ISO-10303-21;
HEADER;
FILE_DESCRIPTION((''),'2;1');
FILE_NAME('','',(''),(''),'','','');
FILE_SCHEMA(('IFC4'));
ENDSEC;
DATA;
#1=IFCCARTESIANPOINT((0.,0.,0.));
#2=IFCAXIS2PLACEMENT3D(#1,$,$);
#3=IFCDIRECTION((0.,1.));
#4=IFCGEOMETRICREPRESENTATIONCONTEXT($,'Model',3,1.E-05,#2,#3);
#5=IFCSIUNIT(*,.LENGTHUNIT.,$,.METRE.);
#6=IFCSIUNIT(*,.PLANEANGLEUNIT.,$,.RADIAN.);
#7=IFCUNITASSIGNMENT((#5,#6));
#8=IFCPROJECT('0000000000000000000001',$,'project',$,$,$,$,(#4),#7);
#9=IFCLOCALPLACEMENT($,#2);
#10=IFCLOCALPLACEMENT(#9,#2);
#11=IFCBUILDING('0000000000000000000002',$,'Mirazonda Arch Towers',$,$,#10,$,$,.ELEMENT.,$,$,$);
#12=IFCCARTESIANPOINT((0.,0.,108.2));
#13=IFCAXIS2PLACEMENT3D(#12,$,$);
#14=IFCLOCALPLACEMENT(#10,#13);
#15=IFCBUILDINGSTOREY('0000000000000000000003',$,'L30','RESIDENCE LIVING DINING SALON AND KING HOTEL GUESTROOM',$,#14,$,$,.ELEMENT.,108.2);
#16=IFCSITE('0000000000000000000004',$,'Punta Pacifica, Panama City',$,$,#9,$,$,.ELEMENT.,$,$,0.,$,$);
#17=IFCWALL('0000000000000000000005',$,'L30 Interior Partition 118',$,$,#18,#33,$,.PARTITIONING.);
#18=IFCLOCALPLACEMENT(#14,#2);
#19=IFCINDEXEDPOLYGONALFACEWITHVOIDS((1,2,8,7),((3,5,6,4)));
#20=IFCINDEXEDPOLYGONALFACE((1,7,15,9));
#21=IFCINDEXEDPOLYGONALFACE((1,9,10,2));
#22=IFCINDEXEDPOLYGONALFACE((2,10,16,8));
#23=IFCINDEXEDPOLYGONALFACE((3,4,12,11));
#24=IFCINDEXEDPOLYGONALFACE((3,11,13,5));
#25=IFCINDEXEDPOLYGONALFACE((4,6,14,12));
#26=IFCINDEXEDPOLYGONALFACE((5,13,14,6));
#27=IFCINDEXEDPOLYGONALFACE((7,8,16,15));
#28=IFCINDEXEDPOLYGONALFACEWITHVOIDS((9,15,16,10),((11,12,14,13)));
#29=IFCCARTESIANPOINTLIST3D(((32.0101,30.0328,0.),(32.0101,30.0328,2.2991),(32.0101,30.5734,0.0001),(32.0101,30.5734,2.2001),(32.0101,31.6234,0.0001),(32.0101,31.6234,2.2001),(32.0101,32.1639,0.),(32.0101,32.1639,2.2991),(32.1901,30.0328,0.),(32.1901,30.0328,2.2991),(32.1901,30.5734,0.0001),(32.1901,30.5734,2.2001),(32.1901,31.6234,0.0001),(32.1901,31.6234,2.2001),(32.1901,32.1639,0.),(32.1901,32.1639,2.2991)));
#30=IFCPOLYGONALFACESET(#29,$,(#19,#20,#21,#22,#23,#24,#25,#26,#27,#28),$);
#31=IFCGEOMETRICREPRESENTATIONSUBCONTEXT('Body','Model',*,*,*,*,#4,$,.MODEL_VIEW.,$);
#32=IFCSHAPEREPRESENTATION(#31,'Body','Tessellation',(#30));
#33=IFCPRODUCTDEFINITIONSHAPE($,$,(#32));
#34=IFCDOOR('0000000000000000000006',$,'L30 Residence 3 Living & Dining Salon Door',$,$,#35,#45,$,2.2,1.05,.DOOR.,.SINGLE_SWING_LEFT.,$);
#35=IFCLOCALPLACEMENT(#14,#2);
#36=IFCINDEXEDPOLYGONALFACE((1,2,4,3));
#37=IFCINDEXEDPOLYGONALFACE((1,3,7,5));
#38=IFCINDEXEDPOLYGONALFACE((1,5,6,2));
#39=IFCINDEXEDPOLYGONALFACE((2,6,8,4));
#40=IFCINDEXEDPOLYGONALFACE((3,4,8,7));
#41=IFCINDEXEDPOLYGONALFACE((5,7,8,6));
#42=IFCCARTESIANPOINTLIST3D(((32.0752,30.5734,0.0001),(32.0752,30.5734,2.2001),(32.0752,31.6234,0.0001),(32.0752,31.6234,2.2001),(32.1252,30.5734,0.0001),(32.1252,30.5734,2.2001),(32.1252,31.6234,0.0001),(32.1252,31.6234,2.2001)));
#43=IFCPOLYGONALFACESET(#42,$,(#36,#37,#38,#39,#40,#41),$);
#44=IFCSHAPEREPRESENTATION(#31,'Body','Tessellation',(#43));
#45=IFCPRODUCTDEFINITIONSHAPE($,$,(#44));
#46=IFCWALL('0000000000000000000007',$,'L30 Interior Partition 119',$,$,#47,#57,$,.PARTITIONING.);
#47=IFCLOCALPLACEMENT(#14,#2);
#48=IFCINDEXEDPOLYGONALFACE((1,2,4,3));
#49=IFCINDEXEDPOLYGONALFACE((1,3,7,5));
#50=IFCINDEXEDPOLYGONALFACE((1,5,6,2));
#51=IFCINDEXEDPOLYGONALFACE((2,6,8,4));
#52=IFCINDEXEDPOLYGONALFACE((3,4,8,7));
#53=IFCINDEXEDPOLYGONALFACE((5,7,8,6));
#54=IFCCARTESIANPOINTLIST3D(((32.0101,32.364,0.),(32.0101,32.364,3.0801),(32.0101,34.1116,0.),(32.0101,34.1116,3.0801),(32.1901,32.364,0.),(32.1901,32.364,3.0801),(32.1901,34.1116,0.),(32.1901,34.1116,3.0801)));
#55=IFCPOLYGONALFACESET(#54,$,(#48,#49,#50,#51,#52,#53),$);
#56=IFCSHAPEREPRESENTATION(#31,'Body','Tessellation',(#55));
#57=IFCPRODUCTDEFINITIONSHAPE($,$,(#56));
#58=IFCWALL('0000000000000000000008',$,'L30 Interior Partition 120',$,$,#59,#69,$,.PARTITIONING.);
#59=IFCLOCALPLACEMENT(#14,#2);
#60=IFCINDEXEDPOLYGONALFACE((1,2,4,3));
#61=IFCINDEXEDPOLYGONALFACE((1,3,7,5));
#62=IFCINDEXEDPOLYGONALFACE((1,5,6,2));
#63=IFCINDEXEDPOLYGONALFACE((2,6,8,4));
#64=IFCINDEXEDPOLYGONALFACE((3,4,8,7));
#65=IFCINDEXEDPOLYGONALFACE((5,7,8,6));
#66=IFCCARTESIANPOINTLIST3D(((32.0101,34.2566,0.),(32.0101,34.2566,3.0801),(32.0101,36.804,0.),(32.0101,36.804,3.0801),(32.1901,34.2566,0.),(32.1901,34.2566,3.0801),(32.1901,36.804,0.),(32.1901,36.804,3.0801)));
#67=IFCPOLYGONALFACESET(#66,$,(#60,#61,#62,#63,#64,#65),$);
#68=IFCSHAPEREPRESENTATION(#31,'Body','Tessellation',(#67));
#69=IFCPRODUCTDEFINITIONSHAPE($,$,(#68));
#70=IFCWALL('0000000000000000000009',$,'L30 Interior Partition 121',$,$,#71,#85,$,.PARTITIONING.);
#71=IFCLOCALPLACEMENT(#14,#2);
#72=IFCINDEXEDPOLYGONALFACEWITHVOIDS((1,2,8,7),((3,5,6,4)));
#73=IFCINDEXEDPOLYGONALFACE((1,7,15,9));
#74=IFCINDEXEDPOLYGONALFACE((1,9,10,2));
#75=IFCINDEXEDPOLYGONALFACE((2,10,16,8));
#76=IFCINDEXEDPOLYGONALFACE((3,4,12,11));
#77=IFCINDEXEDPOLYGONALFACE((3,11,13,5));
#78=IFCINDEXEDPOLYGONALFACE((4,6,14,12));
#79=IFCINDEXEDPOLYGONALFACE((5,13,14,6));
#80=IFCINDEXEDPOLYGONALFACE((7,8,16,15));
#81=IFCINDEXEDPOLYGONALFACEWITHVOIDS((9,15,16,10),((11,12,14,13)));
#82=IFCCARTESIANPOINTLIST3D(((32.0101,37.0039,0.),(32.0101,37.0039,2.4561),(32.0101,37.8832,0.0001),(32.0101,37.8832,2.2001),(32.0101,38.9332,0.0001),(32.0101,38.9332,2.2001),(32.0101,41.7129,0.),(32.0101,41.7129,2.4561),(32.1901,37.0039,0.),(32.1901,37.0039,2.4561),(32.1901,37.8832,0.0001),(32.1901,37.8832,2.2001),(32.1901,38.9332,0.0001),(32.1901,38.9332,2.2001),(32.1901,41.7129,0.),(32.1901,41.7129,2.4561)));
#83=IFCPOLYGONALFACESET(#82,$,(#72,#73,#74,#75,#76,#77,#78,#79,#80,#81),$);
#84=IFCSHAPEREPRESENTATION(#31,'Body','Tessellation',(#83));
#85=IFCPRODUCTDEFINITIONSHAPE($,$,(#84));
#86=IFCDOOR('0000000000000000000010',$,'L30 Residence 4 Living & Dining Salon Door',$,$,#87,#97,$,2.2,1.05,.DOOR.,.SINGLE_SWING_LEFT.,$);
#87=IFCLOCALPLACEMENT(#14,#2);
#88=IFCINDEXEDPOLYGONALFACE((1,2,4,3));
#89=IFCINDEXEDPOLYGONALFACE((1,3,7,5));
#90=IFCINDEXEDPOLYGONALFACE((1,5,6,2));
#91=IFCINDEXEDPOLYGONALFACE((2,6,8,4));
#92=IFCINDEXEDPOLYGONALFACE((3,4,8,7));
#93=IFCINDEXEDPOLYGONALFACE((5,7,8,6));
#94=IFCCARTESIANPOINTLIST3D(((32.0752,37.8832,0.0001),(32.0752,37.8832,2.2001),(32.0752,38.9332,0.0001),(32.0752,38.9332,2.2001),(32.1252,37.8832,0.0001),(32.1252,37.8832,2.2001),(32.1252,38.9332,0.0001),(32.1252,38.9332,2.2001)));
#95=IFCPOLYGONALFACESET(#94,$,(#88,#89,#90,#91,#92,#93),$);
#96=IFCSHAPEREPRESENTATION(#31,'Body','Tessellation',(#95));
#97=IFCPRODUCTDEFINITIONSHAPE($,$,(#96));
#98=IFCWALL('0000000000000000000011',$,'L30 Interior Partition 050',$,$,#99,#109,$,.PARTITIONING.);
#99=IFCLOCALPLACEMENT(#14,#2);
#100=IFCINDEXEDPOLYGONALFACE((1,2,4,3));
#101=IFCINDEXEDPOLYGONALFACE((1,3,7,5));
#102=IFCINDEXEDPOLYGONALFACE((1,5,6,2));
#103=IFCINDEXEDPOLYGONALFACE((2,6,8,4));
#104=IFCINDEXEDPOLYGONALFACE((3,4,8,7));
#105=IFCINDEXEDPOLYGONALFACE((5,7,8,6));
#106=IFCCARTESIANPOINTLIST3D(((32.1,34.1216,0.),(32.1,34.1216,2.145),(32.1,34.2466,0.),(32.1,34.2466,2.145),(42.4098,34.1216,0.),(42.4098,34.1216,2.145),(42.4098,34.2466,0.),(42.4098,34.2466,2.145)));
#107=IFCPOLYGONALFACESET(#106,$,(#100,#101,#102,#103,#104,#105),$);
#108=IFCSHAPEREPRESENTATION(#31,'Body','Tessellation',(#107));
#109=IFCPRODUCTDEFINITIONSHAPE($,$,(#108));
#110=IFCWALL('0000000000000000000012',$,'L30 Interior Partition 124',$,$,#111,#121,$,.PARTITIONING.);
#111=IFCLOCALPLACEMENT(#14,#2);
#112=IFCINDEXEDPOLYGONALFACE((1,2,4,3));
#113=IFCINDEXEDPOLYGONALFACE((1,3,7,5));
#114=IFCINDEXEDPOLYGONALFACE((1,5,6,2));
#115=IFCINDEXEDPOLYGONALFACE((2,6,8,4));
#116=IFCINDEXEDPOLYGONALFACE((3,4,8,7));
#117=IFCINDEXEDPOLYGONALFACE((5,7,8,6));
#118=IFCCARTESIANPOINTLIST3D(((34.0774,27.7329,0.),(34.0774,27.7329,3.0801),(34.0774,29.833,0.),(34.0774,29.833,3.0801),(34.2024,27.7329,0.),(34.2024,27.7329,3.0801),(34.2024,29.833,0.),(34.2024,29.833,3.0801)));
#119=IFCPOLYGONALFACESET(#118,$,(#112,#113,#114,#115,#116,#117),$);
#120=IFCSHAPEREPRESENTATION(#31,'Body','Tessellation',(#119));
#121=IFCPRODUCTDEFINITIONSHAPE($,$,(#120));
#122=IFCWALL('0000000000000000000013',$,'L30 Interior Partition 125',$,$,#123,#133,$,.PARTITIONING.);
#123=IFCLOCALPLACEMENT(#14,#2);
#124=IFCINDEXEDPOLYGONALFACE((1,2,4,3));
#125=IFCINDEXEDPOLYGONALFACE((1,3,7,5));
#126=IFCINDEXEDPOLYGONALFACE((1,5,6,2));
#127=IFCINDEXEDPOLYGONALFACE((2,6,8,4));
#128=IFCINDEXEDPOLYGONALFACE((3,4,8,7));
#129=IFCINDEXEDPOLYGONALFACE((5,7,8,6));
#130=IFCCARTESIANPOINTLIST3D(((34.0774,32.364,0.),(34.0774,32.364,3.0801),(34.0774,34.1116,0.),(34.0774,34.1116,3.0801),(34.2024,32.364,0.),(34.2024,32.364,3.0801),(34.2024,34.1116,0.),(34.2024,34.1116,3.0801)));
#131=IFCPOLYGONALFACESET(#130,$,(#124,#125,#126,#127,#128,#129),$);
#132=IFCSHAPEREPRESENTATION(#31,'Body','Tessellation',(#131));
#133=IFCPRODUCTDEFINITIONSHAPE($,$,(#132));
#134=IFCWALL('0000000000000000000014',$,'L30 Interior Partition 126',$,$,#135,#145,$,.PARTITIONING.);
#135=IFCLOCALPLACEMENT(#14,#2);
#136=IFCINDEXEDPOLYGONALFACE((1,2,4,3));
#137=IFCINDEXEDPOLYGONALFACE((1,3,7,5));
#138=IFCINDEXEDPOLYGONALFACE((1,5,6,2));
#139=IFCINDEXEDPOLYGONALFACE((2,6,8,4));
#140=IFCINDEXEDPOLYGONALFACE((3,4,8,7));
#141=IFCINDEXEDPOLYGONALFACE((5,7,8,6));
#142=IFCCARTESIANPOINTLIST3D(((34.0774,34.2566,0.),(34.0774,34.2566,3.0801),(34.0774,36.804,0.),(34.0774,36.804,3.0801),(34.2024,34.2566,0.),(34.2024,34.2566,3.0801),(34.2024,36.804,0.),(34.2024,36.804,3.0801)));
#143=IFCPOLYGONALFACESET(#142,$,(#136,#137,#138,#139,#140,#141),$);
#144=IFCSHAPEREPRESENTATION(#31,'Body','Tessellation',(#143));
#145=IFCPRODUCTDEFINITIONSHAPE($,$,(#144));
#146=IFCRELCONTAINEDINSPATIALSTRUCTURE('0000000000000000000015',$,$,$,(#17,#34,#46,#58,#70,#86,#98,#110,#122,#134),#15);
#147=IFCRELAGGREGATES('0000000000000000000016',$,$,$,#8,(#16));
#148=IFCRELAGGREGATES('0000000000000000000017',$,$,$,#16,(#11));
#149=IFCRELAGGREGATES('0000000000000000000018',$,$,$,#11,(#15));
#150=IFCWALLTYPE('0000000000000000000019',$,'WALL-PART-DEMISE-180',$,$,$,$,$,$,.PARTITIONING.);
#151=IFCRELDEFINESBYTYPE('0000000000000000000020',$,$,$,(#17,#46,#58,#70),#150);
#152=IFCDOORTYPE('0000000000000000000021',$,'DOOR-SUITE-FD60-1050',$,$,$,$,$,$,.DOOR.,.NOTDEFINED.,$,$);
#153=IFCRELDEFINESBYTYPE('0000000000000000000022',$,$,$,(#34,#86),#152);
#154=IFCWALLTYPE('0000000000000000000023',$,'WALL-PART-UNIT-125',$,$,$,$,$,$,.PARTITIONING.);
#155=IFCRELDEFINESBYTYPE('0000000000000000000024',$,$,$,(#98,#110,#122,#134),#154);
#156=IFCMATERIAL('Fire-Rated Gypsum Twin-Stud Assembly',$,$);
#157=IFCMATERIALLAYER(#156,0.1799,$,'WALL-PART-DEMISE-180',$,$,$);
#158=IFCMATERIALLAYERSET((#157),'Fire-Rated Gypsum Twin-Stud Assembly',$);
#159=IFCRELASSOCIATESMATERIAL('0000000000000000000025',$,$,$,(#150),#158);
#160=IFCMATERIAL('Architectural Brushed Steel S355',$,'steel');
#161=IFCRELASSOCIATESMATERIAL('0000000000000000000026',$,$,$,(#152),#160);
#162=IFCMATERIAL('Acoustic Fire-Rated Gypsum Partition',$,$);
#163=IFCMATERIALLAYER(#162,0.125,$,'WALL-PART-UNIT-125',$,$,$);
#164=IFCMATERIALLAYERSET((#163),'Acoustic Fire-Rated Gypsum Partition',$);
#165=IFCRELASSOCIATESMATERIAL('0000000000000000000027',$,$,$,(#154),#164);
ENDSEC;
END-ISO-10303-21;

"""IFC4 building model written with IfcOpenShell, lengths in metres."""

from ifc_helpers import new_model, si_unit, direction, frame, frame_2d, origin, place, context, subcontext, project, spatial, rectangle, extrude, material, layer, layer_set, type_object, element, fill, save


model = new_model("IFC4")

# Units and contexts
model_context = context("Model", 3, precision=1e-05, world=origin(), true_north=direction((0.0, 1.0)))
body_context = subcontext(model_context, "Body", "Model", "MODEL_VIEW")
ifc_project = project(units=[si_unit("LENGTHUNIT", "METRE"), si_unit("PLANEANGLEUNIT", "RADIAN")], contexts=[model_context])

# Site, building, storey
site_placement = place(None, origin())
site = spatial("IfcSite", under=ifc_project, at=site_placement, Name="Punta Pacifica, Panama City", CompositionType="ELEMENT", RefElevation=0.0)
building_placement = place(site_placement, origin())
building = spatial("IfcBuilding", under=site, at=building_placement, Name="Mirazonda Arch Towers", CompositionType="ELEMENT")
storey_placement = place(building_placement, frame((0.0, 0.0, 108.2)))
storey = spatial("IfcBuildingStorey", under=building, at=storey_placement, Name="L30", Description="RESIDENCE LIVING DINING SALON AND KING HOTEL GUESTROOM", CompositionType="ELEMENT", Elevation=108.2)

# Shared definitions
ifc_material_1 = material(Name="Fire-Rated Gypsum Twin-Stud Assembly")
ifc_layer_1 = layer(ifc_material_1, 0.1799, Name="WALL-PART-DEMISE-180")
ifc_layer_set_1 = layer_set([ifc_layer_1], Name="Fire-Rated Gypsum Twin-Stud Assembly")
wall_type_1 = type_object("IfcWallType", Name="WALL-PART-DEMISE-180", PredefinedType="PARTITIONING", material=ifc_layer_set_1)
ifc_material_2 = material(Name="Architectural Brushed Steel S355", Category="steel")

# Wall, opening, door
wall_1_placement = place(storey_placement, frame((32.1001, 30.033, 0.0), z_axis=(0.0, 0.0, 1.0), x_axis=(0.0, 1.0, 0.0)))
wall_1 = element("IfcWall", 1, at=wall_1_placement, inside=storey, type_object=wall_type_1, Name="L30 Interior Partition 118", PredefinedType="PARTITIONING", context=body_context, shape_type="SweptSolid", body=[
    extrude(rectangle(XDim=2.1311, YDim=0.1799, at=frame_2d((1.0654, 0.0))), origin(), (0.0, 0.0, 1.0), 2.2991),
])
opening_1_placement = place(wall_1_placement, frame((0.5405, 0.0, 0.0)))
opening_1 = element("IfcOpeningElement", 2, at=opening_1_placement, cuts=wall_1, PredefinedType="OPENING", context=body_context, shape_type="SweptSolid", body=[
    extrude(rectangle(XDim=1.05, YDim=2.2, at=frame_2d((0.5249, 1.1001))), frame((0.0, 0.0999, 0.0), z_axis=(0.0, -1.0, 0.0), x_axis=(1.0, 0.0, 0.0)), (0.0, 0.0, 1.0), 0.2),
])
door_type_1 = type_object("IfcDoorType", Name="DOOR-SUITE-FD60-1050", OperationType="NOTDEFINED", PredefinedType="DOOR", material=ifc_material_2)
door_1_placement = place(opening_1_placement, origin())
door_1 = element("IfcDoor", 3, at=door_1_placement, inside=storey, type_object=door_type_1, Name="L30 Residence 3 Living & Dining Salon Door", OperationType="SINGLE_SWING_LEFT", OverallHeight=2.2, OverallWidth=1.05, PredefinedType="DOOR", context=body_context, shape_type="SweptSolid", body=[
    extrude(rectangle(XDim=1.05, YDim=2.2, at=frame_2d((0.5249, 1.1001))), frame((0.0, 0.0249, 0.0), z_axis=(0.0, -1.0, 0.0), x_axis=(1.0, 0.0, 0.0)), (0.0, 0.0, 1.0), 0.05),
])
fill(opening_1, door_1)

# Walls
wall_2_placement = place(storey_placement, frame((32.1001, 32.364, 0.0), z_axis=(0.0, 0.0, 1.0), x_axis=(0.0, 1.0, 0.0)))
element("IfcWall", 4, at=wall_2_placement, inside=storey, type_object=wall_type_1, Name="L30 Interior Partition 119", PredefinedType="PARTITIONING", context=body_context, shape_type="SweptSolid", body=[
    extrude(rectangle(XDim=1.7476, YDim=0.1799, at=frame_2d((0.8738, 0.0))), origin(), (0.0, 0.0, 1.0), 3.0801),
])
wall_3_placement = place(storey_placement, frame((32.1001, 34.2566, 0.0), z_axis=(0.0, 0.0, 1.0), x_axis=(0.0, 1.0, 0.0)))
element("IfcWall", 5, at=wall_3_placement, inside=storey, type_object=wall_type_1, Name="L30 Interior Partition 120", PredefinedType="PARTITIONING", context=body_context, shape_type="SweptSolid", body=[
    extrude(rectangle(XDim=2.5474, YDim=0.1799, at=frame_2d((1.2737, 0.0))), origin(), (0.0, 0.0, 1.0), 3.0801),
])

# Wall, opening, door
wall_4_placement = place(storey_placement, frame((32.1001, 37.0039, 0.0), z_axis=(0.0, 0.0, 1.0), x_axis=(0.0, 1.0, 0.0)))
wall_4 = element("IfcWall", 6, at=wall_4_placement, inside=storey, type_object=wall_type_1, Name="L30 Interior Partition 121", PredefinedType="PARTITIONING", context=body_context, shape_type="SweptSolid", body=[
    extrude(rectangle(XDim=4.709, YDim=0.1799, at=frame_2d((2.3545, 0.0))), origin(), (0.0, 0.0, 1.0), 2.4561),
])
opening_2_placement = place(wall_4_placement, frame((0.8794, 0.0, 0.0)))
opening_2 = element("IfcOpeningElement", 7, at=opening_2_placement, cuts=wall_4, PredefinedType="OPENING", context=body_context, shape_type="SweptSolid", body=[
    extrude(rectangle(XDim=1.05, YDim=2.2, at=frame_2d((0.5249, 1.1001))), frame((0.0, 0.0999, 0.0), z_axis=(0.0, -1.0, 0.0), x_axis=(1.0, 0.0, 0.0)), (0.0, 0.0, 1.0), 0.2),
])
door_2_placement = place(opening_2_placement, origin())
door_2 = element("IfcDoor", 8, at=door_2_placement, inside=storey, type_object=door_type_1, Name="L30 Residence 4 Living & Dining Salon Door", OperationType="SINGLE_SWING_LEFT", OverallHeight=2.2, OverallWidth=1.05, PredefinedType="DOOR", context=body_context, shape_type="SweptSolid", body=[
    extrude(rectangle(XDim=1.05, YDim=2.2, at=frame_2d((0.5249, 1.1001))), frame((0.0, 0.0249, 0.0), z_axis=(0.0, -1.0, 0.0), x_axis=(1.0, 0.0, 0.0)), (0.0, 0.0, 1.0), 0.05),
])
fill(opening_2, door_2)

# Walls
ifc_material_3 = material(Name="Acoustic Fire-Rated Gypsum Partition")
ifc_layer_2 = layer(ifc_material_3, 0.125, Name="WALL-PART-UNIT-125")
ifc_layer_set_2 = layer_set([ifc_layer_2], Name="Acoustic Fire-Rated Gypsum Partition")
wall_type_2 = type_object("IfcWallType", Name="WALL-PART-UNIT-125", PredefinedType="PARTITIONING", material=ifc_layer_set_2)
wall_5_placement = place(storey_placement, frame((32.1001, 34.1841, 0.0), z_axis=(0.0, 0.0, 1.0), x_axis=(1.0, 0.0, 0.0)))
element("IfcWall", 9, at=wall_5_placement, inside=storey, type_object=wall_type_2, Name="L30 Interior Partition 050", PredefinedType="PARTITIONING", context=body_context, shape_type="SweptSolid", body=[
    extrude(rectangle(XDim=10.3098, YDim=0.125, at=frame_2d((5.1548, 0.0))), origin(), (0.0, 0.0, 1.0), 2.145),
])
wall_6_placement = place(storey_placement, frame((34.1399, 27.7329, 0.0), z_axis=(0.0, 0.0, 1.0), x_axis=(0.0, 1.0, 0.0)))
element("IfcWall", 10, at=wall_6_placement, inside=storey, type_object=wall_type_2, Name="L30 Interior Partition 124", PredefinedType="PARTITIONING", context=body_context, shape_type="SweptSolid", body=[
    extrude(rectangle(XDim=2.1001, YDim=0.125, at=frame_2d((1.05, 0.0))), origin(), (0.0, 0.0, 1.0), 3.0801),
])
wall_7_placement = place(storey_placement, frame((34.1399, 32.364, 0.0), z_axis=(0.0, 0.0, 1.0), x_axis=(0.0, 1.0, 0.0)))
element("IfcWall", 11, at=wall_7_placement, inside=storey, type_object=wall_type_2, Name="L30 Interior Partition 125", PredefinedType="PARTITIONING", context=body_context, shape_type="SweptSolid", body=[
    extrude(rectangle(XDim=1.7476, YDim=0.125, at=frame_2d((0.8738, 0.0))), origin(), (0.0, 0.0, 1.0), 3.0801),
])
wall_8_placement = place(storey_placement, frame((34.1399, 34.2566, 0.0), z_axis=(0.0, 0.0, 1.0), x_axis=(0.0, 1.0, 0.0)))
element("IfcWall", 12, at=wall_8_placement, inside=storey, type_object=wall_type_2, Name="L30 Interior Partition 126", PredefinedType="PARTITIONING", context=body_context, shape_type="SweptSolid", body=[
    extrude(rectangle(XDim=2.5474, YDim=0.125, at=frame_2d((1.2737, 0.0))), origin(), (0.0, 0.0, 1.0), 3.0801),
])

save(model, "model.ifc")
